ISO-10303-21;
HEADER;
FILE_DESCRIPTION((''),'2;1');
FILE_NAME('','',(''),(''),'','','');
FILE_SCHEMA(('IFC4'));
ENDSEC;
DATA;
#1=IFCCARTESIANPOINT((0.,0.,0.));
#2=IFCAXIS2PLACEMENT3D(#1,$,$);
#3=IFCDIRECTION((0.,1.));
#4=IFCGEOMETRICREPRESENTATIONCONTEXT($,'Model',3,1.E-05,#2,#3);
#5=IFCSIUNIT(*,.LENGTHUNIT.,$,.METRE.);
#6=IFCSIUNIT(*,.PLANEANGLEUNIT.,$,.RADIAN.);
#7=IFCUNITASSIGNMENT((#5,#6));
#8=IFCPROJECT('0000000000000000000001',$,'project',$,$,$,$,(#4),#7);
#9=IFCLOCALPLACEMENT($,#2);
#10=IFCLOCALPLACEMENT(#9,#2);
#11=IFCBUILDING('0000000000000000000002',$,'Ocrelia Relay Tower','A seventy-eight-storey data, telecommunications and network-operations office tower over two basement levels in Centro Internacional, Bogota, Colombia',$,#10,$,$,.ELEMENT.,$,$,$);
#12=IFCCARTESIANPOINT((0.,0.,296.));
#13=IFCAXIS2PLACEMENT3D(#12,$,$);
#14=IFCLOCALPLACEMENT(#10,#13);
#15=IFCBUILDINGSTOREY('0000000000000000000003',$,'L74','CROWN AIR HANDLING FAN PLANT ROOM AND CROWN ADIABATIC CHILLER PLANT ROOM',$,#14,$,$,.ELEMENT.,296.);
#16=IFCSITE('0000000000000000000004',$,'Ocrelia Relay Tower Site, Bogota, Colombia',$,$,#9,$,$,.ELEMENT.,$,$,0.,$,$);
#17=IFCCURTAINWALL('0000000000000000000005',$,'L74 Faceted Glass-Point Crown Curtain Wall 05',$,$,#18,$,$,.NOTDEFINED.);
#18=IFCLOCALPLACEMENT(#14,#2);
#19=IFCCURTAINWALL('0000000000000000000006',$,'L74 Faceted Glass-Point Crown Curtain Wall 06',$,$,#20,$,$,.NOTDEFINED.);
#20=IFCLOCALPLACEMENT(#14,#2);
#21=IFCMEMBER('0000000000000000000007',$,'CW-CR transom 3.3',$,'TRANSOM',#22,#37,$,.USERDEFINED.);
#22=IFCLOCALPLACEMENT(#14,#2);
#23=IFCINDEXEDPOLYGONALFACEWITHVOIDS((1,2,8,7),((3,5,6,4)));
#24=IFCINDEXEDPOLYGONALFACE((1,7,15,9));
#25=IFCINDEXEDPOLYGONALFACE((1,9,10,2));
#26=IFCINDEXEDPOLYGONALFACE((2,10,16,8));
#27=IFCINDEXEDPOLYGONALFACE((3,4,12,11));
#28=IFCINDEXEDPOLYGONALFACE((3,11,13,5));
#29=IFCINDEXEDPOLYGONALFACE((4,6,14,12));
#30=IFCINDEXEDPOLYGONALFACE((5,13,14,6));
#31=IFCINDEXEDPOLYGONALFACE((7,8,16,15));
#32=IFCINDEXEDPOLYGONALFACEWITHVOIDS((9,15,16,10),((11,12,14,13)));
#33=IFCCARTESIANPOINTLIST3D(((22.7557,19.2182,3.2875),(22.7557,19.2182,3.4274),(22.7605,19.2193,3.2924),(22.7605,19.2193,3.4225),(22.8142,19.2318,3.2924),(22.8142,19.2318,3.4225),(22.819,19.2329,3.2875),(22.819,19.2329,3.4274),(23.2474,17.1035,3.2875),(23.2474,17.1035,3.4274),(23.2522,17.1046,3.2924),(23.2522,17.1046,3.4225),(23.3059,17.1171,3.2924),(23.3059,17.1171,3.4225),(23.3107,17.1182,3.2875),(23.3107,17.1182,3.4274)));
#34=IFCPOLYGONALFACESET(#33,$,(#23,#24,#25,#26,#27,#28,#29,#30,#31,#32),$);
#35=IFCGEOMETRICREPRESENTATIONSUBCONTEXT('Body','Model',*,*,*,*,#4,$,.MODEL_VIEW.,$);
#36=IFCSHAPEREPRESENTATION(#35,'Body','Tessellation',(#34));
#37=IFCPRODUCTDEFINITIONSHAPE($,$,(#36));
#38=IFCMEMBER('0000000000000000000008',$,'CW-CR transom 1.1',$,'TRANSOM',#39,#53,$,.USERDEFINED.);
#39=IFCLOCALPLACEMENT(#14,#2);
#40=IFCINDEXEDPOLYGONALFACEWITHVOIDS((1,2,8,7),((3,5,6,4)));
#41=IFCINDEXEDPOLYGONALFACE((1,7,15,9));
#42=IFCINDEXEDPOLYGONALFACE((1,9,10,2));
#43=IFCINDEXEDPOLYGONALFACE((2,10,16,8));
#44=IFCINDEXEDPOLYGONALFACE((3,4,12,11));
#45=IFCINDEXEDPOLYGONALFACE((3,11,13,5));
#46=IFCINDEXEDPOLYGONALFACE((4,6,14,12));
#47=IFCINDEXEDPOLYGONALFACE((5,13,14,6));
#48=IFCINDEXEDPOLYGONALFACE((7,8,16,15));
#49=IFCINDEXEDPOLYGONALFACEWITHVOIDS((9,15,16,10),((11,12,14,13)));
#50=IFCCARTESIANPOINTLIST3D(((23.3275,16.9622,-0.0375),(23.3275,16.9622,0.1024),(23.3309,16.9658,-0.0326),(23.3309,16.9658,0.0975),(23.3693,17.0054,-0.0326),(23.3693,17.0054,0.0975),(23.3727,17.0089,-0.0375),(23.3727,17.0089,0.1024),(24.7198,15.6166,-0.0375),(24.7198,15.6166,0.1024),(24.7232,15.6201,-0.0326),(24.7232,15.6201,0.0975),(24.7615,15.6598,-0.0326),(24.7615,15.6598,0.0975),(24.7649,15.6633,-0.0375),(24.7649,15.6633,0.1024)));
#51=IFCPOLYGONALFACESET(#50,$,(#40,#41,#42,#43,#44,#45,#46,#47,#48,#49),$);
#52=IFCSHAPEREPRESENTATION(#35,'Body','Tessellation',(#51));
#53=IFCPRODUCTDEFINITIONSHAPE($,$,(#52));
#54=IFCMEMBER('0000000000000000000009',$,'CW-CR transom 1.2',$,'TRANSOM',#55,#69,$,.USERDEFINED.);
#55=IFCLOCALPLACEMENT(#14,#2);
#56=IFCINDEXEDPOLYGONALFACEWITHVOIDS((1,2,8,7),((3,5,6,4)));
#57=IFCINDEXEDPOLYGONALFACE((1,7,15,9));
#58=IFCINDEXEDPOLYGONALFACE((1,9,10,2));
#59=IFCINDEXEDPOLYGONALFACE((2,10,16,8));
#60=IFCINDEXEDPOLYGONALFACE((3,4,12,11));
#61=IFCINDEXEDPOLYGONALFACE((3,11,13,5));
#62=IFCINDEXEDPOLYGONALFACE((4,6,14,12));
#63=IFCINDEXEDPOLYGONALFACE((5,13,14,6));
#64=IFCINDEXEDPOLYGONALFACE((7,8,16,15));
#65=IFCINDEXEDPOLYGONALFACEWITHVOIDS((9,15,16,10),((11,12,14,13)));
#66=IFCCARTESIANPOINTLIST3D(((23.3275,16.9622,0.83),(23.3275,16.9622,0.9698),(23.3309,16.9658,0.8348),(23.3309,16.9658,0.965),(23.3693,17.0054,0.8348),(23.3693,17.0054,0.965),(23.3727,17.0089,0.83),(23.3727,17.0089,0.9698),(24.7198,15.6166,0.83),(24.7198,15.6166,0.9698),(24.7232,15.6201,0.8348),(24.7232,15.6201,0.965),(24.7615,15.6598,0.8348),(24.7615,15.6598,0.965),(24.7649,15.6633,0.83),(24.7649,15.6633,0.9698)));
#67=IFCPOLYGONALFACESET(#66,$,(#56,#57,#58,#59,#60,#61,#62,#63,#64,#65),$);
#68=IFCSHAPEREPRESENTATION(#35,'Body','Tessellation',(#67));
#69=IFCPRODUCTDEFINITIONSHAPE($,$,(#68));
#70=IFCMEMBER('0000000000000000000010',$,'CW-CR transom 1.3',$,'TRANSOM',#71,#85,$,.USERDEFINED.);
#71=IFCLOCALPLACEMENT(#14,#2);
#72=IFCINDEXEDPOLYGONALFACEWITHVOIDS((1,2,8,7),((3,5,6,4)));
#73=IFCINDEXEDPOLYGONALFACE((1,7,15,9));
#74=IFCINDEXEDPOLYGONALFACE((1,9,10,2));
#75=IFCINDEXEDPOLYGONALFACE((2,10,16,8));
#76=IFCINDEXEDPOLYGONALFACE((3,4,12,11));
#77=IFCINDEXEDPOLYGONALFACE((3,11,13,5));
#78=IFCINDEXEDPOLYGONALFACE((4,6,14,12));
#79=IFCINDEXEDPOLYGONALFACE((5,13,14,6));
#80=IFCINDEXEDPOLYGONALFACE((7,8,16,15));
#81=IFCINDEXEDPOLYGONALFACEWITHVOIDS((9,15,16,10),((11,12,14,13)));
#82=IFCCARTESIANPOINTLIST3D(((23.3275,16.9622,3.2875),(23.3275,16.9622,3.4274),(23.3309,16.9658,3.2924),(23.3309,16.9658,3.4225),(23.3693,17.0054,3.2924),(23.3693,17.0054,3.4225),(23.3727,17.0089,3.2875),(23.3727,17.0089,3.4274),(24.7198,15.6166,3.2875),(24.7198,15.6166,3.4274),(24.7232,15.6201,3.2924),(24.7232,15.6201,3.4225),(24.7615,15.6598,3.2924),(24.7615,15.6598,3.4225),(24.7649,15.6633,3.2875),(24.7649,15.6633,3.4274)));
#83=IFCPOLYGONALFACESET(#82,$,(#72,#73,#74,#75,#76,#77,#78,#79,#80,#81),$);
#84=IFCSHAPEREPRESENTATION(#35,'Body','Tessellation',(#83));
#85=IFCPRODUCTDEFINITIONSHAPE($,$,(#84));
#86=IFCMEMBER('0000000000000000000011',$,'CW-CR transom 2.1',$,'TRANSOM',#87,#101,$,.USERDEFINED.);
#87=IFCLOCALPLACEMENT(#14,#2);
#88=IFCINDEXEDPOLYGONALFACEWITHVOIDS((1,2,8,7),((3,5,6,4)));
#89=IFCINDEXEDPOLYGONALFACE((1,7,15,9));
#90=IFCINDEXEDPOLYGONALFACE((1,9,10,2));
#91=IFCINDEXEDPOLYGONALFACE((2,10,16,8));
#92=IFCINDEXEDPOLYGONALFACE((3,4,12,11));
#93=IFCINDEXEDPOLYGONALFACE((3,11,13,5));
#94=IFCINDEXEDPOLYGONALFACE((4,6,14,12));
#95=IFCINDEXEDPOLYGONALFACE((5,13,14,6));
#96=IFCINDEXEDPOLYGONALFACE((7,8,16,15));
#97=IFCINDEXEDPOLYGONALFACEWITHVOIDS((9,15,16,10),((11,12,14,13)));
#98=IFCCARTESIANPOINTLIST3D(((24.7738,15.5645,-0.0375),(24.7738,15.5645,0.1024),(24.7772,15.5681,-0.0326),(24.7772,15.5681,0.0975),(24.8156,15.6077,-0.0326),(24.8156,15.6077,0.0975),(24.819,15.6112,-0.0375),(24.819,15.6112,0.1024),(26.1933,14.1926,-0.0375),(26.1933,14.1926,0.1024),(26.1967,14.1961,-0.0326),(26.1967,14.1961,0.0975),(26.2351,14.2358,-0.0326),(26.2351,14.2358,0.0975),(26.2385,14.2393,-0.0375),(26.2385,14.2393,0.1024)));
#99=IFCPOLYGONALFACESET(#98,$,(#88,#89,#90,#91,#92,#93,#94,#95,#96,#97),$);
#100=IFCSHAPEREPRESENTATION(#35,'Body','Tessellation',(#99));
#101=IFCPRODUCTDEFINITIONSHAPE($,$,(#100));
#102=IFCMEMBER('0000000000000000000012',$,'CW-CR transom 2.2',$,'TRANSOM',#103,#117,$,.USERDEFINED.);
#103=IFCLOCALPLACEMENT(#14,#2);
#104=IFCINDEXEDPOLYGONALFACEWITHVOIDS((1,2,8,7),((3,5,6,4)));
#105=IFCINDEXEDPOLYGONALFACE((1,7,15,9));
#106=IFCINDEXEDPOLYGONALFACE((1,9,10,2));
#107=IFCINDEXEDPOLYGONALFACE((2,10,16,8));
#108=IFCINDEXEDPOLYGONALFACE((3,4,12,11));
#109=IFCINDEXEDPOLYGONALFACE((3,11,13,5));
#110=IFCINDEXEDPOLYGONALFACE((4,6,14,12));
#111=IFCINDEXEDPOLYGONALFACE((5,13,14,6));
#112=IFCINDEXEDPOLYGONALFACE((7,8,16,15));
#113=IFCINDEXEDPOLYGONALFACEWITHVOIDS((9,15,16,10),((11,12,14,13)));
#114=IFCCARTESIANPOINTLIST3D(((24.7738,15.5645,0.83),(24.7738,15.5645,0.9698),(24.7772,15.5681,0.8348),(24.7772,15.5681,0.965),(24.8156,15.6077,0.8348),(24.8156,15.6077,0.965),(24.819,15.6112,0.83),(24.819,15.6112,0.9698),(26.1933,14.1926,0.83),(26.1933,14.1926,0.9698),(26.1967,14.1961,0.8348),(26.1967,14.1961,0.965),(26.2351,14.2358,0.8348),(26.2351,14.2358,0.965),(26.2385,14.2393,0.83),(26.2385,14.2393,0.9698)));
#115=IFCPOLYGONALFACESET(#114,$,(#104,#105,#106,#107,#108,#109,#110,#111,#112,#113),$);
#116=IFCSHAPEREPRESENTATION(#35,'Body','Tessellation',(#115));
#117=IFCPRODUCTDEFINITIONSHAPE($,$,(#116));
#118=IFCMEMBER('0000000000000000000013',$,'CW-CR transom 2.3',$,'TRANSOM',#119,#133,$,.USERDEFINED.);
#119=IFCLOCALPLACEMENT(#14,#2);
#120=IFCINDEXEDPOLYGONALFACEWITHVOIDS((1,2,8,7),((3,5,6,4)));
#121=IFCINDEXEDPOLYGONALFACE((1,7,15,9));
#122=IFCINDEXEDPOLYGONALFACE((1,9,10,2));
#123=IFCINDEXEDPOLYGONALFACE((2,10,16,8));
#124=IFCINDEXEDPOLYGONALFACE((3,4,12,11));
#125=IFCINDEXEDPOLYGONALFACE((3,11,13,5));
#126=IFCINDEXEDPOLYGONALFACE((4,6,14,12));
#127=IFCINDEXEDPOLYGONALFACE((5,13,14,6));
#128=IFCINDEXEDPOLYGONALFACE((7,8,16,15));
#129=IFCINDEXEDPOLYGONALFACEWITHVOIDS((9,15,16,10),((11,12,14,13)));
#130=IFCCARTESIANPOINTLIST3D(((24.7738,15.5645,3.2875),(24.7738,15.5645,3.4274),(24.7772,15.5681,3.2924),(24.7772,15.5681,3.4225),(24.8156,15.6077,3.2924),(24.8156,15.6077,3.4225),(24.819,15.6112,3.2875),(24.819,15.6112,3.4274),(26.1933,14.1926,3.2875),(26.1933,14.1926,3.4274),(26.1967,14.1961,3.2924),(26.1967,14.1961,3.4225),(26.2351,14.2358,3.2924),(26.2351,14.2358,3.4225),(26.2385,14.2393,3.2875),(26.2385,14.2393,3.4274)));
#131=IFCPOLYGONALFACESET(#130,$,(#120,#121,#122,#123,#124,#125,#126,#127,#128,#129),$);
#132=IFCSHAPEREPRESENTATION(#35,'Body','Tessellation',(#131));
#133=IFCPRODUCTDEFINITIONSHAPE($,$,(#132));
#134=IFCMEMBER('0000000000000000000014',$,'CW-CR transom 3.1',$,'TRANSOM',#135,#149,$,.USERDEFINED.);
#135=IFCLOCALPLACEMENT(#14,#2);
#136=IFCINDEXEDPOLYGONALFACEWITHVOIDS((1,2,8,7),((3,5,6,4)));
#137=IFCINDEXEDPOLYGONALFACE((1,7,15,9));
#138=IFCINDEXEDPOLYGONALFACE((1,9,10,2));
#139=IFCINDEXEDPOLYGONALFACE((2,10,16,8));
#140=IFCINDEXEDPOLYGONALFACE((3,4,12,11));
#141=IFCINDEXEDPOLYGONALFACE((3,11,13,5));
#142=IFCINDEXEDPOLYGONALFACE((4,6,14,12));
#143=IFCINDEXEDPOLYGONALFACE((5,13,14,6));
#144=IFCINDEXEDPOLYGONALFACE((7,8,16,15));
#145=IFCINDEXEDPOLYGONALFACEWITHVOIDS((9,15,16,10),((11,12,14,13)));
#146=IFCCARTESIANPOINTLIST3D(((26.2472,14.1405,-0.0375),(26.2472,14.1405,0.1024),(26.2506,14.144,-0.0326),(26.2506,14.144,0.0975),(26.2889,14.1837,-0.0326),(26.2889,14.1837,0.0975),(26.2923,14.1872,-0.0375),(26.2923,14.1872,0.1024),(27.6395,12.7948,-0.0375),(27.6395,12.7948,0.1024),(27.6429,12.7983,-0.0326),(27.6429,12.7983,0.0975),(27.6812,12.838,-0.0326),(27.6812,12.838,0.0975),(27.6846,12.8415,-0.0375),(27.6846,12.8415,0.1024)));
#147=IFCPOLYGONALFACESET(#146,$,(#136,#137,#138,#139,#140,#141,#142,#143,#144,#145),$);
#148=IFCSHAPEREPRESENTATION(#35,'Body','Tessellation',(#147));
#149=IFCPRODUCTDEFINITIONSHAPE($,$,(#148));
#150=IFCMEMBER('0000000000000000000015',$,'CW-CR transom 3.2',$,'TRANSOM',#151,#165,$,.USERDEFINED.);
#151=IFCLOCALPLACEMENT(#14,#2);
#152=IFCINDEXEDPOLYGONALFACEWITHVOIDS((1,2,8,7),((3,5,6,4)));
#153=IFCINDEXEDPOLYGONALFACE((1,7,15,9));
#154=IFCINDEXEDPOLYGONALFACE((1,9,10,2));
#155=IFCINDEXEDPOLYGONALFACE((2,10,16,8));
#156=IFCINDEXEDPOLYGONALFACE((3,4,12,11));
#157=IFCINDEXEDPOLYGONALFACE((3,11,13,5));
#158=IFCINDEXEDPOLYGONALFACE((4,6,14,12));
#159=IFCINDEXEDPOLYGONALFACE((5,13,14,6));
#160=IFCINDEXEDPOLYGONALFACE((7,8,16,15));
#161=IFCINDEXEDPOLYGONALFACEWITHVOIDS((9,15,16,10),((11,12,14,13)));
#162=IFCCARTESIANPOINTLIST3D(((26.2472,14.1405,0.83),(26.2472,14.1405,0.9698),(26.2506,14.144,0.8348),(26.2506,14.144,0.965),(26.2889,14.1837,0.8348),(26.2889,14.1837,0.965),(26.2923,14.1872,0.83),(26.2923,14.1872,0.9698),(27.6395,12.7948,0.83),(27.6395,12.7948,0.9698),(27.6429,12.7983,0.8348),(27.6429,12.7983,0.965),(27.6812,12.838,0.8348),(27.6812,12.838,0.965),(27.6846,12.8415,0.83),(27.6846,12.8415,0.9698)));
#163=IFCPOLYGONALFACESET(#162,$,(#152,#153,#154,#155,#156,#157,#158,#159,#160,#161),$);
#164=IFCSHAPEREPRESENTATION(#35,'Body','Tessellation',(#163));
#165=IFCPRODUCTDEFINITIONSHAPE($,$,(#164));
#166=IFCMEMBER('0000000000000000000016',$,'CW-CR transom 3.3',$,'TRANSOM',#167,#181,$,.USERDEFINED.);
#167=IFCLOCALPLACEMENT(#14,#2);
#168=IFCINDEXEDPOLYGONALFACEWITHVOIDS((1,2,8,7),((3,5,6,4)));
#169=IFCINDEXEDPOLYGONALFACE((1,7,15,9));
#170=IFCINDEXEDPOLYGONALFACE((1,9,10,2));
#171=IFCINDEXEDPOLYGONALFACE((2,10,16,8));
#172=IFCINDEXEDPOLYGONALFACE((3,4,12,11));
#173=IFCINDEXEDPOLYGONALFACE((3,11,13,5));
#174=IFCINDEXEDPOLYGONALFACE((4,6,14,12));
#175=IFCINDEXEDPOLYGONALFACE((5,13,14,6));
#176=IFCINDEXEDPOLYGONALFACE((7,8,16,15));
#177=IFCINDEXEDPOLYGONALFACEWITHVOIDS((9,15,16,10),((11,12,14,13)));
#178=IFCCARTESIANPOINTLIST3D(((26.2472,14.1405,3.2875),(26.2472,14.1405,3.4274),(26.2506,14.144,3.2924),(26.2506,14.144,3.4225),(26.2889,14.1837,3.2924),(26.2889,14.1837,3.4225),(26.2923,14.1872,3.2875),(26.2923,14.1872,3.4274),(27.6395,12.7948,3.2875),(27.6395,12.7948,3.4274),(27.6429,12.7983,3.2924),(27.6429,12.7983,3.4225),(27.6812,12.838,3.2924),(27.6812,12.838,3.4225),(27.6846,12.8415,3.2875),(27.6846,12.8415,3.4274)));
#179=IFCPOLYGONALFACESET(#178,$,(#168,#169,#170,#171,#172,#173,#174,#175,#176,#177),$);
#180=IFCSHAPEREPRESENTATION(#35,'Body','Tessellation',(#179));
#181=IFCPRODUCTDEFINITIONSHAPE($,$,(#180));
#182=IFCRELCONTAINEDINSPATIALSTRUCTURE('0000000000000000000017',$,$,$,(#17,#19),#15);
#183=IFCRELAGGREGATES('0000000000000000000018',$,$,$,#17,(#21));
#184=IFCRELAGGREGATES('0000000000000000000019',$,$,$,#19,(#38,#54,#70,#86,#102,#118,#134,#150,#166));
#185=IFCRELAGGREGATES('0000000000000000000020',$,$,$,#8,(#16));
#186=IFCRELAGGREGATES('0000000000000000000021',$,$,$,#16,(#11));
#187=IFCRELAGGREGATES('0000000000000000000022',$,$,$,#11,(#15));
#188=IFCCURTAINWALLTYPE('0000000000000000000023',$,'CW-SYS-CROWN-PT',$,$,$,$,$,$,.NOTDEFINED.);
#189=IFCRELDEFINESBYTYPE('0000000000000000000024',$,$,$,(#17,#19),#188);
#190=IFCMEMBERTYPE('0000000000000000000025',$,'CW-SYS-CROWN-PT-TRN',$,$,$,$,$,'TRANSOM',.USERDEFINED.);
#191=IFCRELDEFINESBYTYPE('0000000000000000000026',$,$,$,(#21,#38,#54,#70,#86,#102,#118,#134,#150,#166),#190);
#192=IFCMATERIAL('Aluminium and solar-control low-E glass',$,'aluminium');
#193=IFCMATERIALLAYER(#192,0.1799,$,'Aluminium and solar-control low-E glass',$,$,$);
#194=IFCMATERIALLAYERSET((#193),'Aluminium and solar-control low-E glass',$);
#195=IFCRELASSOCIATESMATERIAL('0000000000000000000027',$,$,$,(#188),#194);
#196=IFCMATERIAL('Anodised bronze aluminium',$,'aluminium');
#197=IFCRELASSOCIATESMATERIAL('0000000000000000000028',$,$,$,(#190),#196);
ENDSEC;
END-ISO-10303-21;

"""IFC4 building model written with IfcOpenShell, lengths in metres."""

from ifc_helpers import new_model, si_unit, direction, frame, origin, origin_2d, place, context, subcontext, project, spatial, hollow_rectangle, extrude, material, layer, layer_set, material_profile, profile_set, type_object, element, aggregate, save


model = new_model("IFC4")

# Units and contexts
model_context = context("Model", 3, precision=1e-05, world=origin(), true_north=direction((0.0, 1.0)))
body_context = subcontext(model_context, "Body", "Model", "MODEL_VIEW")
ifc_project = project(units=[si_unit("LENGTHUNIT", "METRE"), si_unit("PLANEANGLEUNIT", "RADIAN")], contexts=[model_context])

# Site, building, storey
site_placement = place(None, origin())
site = spatial("IfcSite", under=ifc_project, at=site_placement, Name="Ocrelia Relay Tower Site, Bogota, Colombia", CompositionType="ELEMENT", RefElevation=0.0)
building_placement = place(site_placement, origin())
building = spatial("IfcBuilding", under=site, at=building_placement, Name="Ocrelia Relay Tower", Description="A seventy-eight-storey data, telecommunications and network-operations office tower over two basement levels in Centro Internacional, Bogota, Colombia", CompositionType="ELEMENT")
storey_placement = place(building_placement, frame((0.0, 0.0, 296.0)))
storey = spatial("IfcBuildingStorey", under=building, at=storey_placement, Name="L74", Description="CROWN AIR HANDLING FAN PLANT ROOM AND CROWN ADIABATIC CHILLER PLANT ROOM", CompositionType="ELEMENT", Elevation=296.0)

# Curtain walls
ifc_material_1 = material(Name="Aluminium and solar-control low-E glass", Category="aluminium")
ifc_layer_1 = layer(ifc_material_1, 0.1799, Name="Aluminium and solar-control low-E glass")
ifc_layer_set_1 = layer_set([ifc_layer_1], Name="Aluminium and solar-control low-E glass")
curtain_wall_type = type_object("IfcCurtainWallType", Name="CW-SYS-CROWN-PT", PredefinedType="NOTDEFINED", material=ifc_layer_set_1)
curtain_wall_1_placement = place(storey_placement, origin())
curtain_wall_1 = element("IfcCurtainWall", 1, at=curtain_wall_1_placement, inside=storey, type_object=curtain_wall_type, Name="L74 Faceted Glass-Point Crown Curtain Wall 05", PredefinedType="NOTDEFINED")
ifc_material_2 = material(Name="Anodised bronze aluminium", Category="aluminium")
curtain_wall_2_placement = place(storey_placement, origin())
curtain_wall_2 = element("IfcCurtainWall", 2, at=curtain_wall_2_placement, inside=storey, type_object=curtain_wall_type, Name="L74 Faceted Glass-Point Crown Curtain Wall 06", PredefinedType="NOTDEFINED")

# Members
ifc_material_profile_1 = material_profile(ifc_material_2, hollow_rectangle(XDim=0.0649, YDim=0.1399, WallThickness=0.0049, at=origin_2d()), Name="CW-TRN-140x65")
ifc_profile_set_1 = profile_set([ifc_material_profile_1], Name="Anodised bronze aluminium")
member_type_1 = type_object("IfcMemberType", Name="CW-SYS-CROWN-PT-TRN", ElementType="TRANSOM", PredefinedType="USERDEFINED", material=ifc_profile_set_1)
member_1_placement = place(storey_placement, frame((22.7874, 19.2256, 3.3574), z_axis=(0.226469, -0.974018, 0.0), x_axis=(0.974018, 0.226469, 0.0)))
member_1 = element("IfcMember", 3, at=member_1_placement, type_object=member_type_1, Name="CW-CR transom 3.3", ObjectType="TRANSOM", PredefinedType="USERDEFINED", context=body_context, shape_type="SweptSolid", body=[
    extrude(hollow_rectangle(XDim=0.0649, YDim=0.1399, WallThickness=0.0049, at=origin_2d()), origin(), (0.0, 0.0, 1.0), 2.1711),
])
member_2_placement = place(storey_placement, frame((23.3501, 16.9856, 0.0325), z_axis=(0.719045, -0.694963, 0.0), x_axis=(0.694963, 0.719045, 0.0)))
member_2 = element("IfcMember", 4, at=member_2_placement, type_object=member_type_1, Name="CW-CR transom 1.1", ObjectType="TRANSOM", PredefinedType="USERDEFINED", context=body_context, shape_type="SweptSolid", body=[
    extrude(hollow_rectangle(XDim=0.0649, YDim=0.1399, WallThickness=0.0049, at=origin_2d()), origin(), (0.0, 0.0, 1.0), 1.9363),
])
member_3_placement = place(storey_placement, frame((23.3501, 16.9856, 0.8999), z_axis=(0.719045, -0.694963, 0.0), x_axis=(0.694963, 0.719045, 0.0)))
member_3 = element("IfcMember", 5, at=member_3_placement, type_object=member_type_1, Name="CW-CR transom 1.2", ObjectType="TRANSOM", PredefinedType="USERDEFINED", context=body_context, shape_type="SweptSolid", body=[
    extrude(hollow_rectangle(XDim=0.0649, YDim=0.1399, WallThickness=0.0049, at=origin_2d()), origin(), (0.0, 0.0, 1.0), 1.9363),
])
member_4_placement = place(storey_placement, frame((23.3501, 16.9856, 3.3574), z_axis=(0.719045, -0.694963, 0.0), x_axis=(0.694963, 0.719045, 0.0)))
member_4 = element("IfcMember", 6, at=member_4_placement, type_object=member_type_1, Name="CW-CR transom 1.3", ObjectType="TRANSOM", PredefinedType="USERDEFINED", context=body_context, shape_type="SweptSolid", body=[
    extrude(hollow_rectangle(XDim=0.0649, YDim=0.1399, WallThickness=0.0049, at=origin_2d()), origin(), (0.0, 0.0, 1.0), 1.9363),
])
member_5_placement = place(storey_placement, frame((24.7964, 15.5879, 0.0325), z_axis=(0.719063, -0.694945, 0.0), x_axis=(0.694945, 0.719063, 0.0)))
member_5 = element("IfcMember", 7, at=member_5_placement, type_object=member_type_1, Name="CW-CR transom 2.1", ObjectType="TRANSOM", PredefinedType="USERDEFINED", context=body_context, shape_type="SweptSolid", body=[
    extrude(hollow_rectangle(XDim=0.0649, YDim=0.1399, WallThickness=0.0049, at=origin_2d()), origin(), (0.0, 0.0, 1.0), 1.9741),
])
member_6_placement = place(storey_placement, frame((24.7964, 15.5879, 0.8999), z_axis=(0.719063, -0.694945, 0.0), x_axis=(0.694945, 0.719063, 0.0)))
member_6 = element("IfcMember", 8, at=member_6_placement, type_object=member_type_1, Name="CW-CR transom 2.2", ObjectType="TRANSOM", PredefinedType="USERDEFINED", context=body_context, shape_type="SweptSolid", body=[
    extrude(hollow_rectangle(XDim=0.0649, YDim=0.1399, WallThickness=0.0049, at=origin_2d()), origin(), (0.0, 0.0, 1.0), 1.9741),
])
member_7_placement = place(storey_placement, frame((24.7964, 15.5879, 3.3574), z_axis=(0.719063, -0.694945, 0.0), x_axis=(0.694945, 0.719063, 0.0)))
member_7 = element("IfcMember", 9, at=member_7_placement, type_object=member_type_1, Name="CW-CR transom 2.3", ObjectType="TRANSOM", PredefinedType="USERDEFINED", context=body_context, shape_type="SweptSolid", body=[
    extrude(hollow_rectangle(XDim=0.0649, YDim=0.1399, WallThickness=0.0049, at=origin_2d()), origin(), (0.0, 0.0, 1.0), 1.9741),
])
member_8_placement = place(storey_placement, frame((26.2698, 14.1638, 0.0325), z_axis=(0.719045, -0.694963, 0.0), x_axis=(0.694963, 0.719045, 0.0)))
member_8 = element("IfcMember", 10, at=member_8_placement, type_object=member_type_1, Name="CW-CR transom 3.1", ObjectType="TRANSOM", PredefinedType="USERDEFINED", context=body_context, shape_type="SweptSolid", body=[
    extrude(hollow_rectangle(XDim=0.0649, YDim=0.1399, WallThickness=0.0049, at=origin_2d()), origin(), (0.0, 0.0, 1.0), 1.9363),
])
member_9_placement = place(storey_placement, frame((26.2698, 14.1638, 0.8999), z_axis=(0.719045, -0.694963, 0.0), x_axis=(0.694963, 0.719045, 0.0)))
member_9 = element("IfcMember", 11, at=member_9_placement, type_object=member_type_1, Name="CW-CR transom 3.2", ObjectType="TRANSOM", PredefinedType="USERDEFINED", context=body_context, shape_type="SweptSolid", body=[
    extrude(hollow_rectangle(XDim=0.0649, YDim=0.1399, WallThickness=0.0049, at=origin_2d()), origin(), (0.0, 0.0, 1.0), 1.9363),
])
member_10_placement = place(storey_placement, frame((26.2698, 14.1638, 3.3574), z_axis=(0.719045, -0.694963, 0.0), x_axis=(0.694963, 0.719045, 0.0)))
member_10 = element("IfcMember", 12, at=member_10_placement, type_object=member_type_1, Name="CW-CR transom 3.3", ObjectType="TRANSOM", PredefinedType="USERDEFINED", context=body_context, shape_type="SweptSolid", body=[
    extrude(hollow_rectangle(XDim=0.0649, YDim=0.1399, WallThickness=0.0049, at=origin_2d()), origin(), (0.0, 0.0, 1.0), 1.9363),
])

aggregate(curtain_wall_1, [member_1])
aggregate(curtain_wall_2, [member_2, member_3, member_4, member_5, member_6, member_7, member_8, member_9, member_10])

save(model, "model.ifc")
